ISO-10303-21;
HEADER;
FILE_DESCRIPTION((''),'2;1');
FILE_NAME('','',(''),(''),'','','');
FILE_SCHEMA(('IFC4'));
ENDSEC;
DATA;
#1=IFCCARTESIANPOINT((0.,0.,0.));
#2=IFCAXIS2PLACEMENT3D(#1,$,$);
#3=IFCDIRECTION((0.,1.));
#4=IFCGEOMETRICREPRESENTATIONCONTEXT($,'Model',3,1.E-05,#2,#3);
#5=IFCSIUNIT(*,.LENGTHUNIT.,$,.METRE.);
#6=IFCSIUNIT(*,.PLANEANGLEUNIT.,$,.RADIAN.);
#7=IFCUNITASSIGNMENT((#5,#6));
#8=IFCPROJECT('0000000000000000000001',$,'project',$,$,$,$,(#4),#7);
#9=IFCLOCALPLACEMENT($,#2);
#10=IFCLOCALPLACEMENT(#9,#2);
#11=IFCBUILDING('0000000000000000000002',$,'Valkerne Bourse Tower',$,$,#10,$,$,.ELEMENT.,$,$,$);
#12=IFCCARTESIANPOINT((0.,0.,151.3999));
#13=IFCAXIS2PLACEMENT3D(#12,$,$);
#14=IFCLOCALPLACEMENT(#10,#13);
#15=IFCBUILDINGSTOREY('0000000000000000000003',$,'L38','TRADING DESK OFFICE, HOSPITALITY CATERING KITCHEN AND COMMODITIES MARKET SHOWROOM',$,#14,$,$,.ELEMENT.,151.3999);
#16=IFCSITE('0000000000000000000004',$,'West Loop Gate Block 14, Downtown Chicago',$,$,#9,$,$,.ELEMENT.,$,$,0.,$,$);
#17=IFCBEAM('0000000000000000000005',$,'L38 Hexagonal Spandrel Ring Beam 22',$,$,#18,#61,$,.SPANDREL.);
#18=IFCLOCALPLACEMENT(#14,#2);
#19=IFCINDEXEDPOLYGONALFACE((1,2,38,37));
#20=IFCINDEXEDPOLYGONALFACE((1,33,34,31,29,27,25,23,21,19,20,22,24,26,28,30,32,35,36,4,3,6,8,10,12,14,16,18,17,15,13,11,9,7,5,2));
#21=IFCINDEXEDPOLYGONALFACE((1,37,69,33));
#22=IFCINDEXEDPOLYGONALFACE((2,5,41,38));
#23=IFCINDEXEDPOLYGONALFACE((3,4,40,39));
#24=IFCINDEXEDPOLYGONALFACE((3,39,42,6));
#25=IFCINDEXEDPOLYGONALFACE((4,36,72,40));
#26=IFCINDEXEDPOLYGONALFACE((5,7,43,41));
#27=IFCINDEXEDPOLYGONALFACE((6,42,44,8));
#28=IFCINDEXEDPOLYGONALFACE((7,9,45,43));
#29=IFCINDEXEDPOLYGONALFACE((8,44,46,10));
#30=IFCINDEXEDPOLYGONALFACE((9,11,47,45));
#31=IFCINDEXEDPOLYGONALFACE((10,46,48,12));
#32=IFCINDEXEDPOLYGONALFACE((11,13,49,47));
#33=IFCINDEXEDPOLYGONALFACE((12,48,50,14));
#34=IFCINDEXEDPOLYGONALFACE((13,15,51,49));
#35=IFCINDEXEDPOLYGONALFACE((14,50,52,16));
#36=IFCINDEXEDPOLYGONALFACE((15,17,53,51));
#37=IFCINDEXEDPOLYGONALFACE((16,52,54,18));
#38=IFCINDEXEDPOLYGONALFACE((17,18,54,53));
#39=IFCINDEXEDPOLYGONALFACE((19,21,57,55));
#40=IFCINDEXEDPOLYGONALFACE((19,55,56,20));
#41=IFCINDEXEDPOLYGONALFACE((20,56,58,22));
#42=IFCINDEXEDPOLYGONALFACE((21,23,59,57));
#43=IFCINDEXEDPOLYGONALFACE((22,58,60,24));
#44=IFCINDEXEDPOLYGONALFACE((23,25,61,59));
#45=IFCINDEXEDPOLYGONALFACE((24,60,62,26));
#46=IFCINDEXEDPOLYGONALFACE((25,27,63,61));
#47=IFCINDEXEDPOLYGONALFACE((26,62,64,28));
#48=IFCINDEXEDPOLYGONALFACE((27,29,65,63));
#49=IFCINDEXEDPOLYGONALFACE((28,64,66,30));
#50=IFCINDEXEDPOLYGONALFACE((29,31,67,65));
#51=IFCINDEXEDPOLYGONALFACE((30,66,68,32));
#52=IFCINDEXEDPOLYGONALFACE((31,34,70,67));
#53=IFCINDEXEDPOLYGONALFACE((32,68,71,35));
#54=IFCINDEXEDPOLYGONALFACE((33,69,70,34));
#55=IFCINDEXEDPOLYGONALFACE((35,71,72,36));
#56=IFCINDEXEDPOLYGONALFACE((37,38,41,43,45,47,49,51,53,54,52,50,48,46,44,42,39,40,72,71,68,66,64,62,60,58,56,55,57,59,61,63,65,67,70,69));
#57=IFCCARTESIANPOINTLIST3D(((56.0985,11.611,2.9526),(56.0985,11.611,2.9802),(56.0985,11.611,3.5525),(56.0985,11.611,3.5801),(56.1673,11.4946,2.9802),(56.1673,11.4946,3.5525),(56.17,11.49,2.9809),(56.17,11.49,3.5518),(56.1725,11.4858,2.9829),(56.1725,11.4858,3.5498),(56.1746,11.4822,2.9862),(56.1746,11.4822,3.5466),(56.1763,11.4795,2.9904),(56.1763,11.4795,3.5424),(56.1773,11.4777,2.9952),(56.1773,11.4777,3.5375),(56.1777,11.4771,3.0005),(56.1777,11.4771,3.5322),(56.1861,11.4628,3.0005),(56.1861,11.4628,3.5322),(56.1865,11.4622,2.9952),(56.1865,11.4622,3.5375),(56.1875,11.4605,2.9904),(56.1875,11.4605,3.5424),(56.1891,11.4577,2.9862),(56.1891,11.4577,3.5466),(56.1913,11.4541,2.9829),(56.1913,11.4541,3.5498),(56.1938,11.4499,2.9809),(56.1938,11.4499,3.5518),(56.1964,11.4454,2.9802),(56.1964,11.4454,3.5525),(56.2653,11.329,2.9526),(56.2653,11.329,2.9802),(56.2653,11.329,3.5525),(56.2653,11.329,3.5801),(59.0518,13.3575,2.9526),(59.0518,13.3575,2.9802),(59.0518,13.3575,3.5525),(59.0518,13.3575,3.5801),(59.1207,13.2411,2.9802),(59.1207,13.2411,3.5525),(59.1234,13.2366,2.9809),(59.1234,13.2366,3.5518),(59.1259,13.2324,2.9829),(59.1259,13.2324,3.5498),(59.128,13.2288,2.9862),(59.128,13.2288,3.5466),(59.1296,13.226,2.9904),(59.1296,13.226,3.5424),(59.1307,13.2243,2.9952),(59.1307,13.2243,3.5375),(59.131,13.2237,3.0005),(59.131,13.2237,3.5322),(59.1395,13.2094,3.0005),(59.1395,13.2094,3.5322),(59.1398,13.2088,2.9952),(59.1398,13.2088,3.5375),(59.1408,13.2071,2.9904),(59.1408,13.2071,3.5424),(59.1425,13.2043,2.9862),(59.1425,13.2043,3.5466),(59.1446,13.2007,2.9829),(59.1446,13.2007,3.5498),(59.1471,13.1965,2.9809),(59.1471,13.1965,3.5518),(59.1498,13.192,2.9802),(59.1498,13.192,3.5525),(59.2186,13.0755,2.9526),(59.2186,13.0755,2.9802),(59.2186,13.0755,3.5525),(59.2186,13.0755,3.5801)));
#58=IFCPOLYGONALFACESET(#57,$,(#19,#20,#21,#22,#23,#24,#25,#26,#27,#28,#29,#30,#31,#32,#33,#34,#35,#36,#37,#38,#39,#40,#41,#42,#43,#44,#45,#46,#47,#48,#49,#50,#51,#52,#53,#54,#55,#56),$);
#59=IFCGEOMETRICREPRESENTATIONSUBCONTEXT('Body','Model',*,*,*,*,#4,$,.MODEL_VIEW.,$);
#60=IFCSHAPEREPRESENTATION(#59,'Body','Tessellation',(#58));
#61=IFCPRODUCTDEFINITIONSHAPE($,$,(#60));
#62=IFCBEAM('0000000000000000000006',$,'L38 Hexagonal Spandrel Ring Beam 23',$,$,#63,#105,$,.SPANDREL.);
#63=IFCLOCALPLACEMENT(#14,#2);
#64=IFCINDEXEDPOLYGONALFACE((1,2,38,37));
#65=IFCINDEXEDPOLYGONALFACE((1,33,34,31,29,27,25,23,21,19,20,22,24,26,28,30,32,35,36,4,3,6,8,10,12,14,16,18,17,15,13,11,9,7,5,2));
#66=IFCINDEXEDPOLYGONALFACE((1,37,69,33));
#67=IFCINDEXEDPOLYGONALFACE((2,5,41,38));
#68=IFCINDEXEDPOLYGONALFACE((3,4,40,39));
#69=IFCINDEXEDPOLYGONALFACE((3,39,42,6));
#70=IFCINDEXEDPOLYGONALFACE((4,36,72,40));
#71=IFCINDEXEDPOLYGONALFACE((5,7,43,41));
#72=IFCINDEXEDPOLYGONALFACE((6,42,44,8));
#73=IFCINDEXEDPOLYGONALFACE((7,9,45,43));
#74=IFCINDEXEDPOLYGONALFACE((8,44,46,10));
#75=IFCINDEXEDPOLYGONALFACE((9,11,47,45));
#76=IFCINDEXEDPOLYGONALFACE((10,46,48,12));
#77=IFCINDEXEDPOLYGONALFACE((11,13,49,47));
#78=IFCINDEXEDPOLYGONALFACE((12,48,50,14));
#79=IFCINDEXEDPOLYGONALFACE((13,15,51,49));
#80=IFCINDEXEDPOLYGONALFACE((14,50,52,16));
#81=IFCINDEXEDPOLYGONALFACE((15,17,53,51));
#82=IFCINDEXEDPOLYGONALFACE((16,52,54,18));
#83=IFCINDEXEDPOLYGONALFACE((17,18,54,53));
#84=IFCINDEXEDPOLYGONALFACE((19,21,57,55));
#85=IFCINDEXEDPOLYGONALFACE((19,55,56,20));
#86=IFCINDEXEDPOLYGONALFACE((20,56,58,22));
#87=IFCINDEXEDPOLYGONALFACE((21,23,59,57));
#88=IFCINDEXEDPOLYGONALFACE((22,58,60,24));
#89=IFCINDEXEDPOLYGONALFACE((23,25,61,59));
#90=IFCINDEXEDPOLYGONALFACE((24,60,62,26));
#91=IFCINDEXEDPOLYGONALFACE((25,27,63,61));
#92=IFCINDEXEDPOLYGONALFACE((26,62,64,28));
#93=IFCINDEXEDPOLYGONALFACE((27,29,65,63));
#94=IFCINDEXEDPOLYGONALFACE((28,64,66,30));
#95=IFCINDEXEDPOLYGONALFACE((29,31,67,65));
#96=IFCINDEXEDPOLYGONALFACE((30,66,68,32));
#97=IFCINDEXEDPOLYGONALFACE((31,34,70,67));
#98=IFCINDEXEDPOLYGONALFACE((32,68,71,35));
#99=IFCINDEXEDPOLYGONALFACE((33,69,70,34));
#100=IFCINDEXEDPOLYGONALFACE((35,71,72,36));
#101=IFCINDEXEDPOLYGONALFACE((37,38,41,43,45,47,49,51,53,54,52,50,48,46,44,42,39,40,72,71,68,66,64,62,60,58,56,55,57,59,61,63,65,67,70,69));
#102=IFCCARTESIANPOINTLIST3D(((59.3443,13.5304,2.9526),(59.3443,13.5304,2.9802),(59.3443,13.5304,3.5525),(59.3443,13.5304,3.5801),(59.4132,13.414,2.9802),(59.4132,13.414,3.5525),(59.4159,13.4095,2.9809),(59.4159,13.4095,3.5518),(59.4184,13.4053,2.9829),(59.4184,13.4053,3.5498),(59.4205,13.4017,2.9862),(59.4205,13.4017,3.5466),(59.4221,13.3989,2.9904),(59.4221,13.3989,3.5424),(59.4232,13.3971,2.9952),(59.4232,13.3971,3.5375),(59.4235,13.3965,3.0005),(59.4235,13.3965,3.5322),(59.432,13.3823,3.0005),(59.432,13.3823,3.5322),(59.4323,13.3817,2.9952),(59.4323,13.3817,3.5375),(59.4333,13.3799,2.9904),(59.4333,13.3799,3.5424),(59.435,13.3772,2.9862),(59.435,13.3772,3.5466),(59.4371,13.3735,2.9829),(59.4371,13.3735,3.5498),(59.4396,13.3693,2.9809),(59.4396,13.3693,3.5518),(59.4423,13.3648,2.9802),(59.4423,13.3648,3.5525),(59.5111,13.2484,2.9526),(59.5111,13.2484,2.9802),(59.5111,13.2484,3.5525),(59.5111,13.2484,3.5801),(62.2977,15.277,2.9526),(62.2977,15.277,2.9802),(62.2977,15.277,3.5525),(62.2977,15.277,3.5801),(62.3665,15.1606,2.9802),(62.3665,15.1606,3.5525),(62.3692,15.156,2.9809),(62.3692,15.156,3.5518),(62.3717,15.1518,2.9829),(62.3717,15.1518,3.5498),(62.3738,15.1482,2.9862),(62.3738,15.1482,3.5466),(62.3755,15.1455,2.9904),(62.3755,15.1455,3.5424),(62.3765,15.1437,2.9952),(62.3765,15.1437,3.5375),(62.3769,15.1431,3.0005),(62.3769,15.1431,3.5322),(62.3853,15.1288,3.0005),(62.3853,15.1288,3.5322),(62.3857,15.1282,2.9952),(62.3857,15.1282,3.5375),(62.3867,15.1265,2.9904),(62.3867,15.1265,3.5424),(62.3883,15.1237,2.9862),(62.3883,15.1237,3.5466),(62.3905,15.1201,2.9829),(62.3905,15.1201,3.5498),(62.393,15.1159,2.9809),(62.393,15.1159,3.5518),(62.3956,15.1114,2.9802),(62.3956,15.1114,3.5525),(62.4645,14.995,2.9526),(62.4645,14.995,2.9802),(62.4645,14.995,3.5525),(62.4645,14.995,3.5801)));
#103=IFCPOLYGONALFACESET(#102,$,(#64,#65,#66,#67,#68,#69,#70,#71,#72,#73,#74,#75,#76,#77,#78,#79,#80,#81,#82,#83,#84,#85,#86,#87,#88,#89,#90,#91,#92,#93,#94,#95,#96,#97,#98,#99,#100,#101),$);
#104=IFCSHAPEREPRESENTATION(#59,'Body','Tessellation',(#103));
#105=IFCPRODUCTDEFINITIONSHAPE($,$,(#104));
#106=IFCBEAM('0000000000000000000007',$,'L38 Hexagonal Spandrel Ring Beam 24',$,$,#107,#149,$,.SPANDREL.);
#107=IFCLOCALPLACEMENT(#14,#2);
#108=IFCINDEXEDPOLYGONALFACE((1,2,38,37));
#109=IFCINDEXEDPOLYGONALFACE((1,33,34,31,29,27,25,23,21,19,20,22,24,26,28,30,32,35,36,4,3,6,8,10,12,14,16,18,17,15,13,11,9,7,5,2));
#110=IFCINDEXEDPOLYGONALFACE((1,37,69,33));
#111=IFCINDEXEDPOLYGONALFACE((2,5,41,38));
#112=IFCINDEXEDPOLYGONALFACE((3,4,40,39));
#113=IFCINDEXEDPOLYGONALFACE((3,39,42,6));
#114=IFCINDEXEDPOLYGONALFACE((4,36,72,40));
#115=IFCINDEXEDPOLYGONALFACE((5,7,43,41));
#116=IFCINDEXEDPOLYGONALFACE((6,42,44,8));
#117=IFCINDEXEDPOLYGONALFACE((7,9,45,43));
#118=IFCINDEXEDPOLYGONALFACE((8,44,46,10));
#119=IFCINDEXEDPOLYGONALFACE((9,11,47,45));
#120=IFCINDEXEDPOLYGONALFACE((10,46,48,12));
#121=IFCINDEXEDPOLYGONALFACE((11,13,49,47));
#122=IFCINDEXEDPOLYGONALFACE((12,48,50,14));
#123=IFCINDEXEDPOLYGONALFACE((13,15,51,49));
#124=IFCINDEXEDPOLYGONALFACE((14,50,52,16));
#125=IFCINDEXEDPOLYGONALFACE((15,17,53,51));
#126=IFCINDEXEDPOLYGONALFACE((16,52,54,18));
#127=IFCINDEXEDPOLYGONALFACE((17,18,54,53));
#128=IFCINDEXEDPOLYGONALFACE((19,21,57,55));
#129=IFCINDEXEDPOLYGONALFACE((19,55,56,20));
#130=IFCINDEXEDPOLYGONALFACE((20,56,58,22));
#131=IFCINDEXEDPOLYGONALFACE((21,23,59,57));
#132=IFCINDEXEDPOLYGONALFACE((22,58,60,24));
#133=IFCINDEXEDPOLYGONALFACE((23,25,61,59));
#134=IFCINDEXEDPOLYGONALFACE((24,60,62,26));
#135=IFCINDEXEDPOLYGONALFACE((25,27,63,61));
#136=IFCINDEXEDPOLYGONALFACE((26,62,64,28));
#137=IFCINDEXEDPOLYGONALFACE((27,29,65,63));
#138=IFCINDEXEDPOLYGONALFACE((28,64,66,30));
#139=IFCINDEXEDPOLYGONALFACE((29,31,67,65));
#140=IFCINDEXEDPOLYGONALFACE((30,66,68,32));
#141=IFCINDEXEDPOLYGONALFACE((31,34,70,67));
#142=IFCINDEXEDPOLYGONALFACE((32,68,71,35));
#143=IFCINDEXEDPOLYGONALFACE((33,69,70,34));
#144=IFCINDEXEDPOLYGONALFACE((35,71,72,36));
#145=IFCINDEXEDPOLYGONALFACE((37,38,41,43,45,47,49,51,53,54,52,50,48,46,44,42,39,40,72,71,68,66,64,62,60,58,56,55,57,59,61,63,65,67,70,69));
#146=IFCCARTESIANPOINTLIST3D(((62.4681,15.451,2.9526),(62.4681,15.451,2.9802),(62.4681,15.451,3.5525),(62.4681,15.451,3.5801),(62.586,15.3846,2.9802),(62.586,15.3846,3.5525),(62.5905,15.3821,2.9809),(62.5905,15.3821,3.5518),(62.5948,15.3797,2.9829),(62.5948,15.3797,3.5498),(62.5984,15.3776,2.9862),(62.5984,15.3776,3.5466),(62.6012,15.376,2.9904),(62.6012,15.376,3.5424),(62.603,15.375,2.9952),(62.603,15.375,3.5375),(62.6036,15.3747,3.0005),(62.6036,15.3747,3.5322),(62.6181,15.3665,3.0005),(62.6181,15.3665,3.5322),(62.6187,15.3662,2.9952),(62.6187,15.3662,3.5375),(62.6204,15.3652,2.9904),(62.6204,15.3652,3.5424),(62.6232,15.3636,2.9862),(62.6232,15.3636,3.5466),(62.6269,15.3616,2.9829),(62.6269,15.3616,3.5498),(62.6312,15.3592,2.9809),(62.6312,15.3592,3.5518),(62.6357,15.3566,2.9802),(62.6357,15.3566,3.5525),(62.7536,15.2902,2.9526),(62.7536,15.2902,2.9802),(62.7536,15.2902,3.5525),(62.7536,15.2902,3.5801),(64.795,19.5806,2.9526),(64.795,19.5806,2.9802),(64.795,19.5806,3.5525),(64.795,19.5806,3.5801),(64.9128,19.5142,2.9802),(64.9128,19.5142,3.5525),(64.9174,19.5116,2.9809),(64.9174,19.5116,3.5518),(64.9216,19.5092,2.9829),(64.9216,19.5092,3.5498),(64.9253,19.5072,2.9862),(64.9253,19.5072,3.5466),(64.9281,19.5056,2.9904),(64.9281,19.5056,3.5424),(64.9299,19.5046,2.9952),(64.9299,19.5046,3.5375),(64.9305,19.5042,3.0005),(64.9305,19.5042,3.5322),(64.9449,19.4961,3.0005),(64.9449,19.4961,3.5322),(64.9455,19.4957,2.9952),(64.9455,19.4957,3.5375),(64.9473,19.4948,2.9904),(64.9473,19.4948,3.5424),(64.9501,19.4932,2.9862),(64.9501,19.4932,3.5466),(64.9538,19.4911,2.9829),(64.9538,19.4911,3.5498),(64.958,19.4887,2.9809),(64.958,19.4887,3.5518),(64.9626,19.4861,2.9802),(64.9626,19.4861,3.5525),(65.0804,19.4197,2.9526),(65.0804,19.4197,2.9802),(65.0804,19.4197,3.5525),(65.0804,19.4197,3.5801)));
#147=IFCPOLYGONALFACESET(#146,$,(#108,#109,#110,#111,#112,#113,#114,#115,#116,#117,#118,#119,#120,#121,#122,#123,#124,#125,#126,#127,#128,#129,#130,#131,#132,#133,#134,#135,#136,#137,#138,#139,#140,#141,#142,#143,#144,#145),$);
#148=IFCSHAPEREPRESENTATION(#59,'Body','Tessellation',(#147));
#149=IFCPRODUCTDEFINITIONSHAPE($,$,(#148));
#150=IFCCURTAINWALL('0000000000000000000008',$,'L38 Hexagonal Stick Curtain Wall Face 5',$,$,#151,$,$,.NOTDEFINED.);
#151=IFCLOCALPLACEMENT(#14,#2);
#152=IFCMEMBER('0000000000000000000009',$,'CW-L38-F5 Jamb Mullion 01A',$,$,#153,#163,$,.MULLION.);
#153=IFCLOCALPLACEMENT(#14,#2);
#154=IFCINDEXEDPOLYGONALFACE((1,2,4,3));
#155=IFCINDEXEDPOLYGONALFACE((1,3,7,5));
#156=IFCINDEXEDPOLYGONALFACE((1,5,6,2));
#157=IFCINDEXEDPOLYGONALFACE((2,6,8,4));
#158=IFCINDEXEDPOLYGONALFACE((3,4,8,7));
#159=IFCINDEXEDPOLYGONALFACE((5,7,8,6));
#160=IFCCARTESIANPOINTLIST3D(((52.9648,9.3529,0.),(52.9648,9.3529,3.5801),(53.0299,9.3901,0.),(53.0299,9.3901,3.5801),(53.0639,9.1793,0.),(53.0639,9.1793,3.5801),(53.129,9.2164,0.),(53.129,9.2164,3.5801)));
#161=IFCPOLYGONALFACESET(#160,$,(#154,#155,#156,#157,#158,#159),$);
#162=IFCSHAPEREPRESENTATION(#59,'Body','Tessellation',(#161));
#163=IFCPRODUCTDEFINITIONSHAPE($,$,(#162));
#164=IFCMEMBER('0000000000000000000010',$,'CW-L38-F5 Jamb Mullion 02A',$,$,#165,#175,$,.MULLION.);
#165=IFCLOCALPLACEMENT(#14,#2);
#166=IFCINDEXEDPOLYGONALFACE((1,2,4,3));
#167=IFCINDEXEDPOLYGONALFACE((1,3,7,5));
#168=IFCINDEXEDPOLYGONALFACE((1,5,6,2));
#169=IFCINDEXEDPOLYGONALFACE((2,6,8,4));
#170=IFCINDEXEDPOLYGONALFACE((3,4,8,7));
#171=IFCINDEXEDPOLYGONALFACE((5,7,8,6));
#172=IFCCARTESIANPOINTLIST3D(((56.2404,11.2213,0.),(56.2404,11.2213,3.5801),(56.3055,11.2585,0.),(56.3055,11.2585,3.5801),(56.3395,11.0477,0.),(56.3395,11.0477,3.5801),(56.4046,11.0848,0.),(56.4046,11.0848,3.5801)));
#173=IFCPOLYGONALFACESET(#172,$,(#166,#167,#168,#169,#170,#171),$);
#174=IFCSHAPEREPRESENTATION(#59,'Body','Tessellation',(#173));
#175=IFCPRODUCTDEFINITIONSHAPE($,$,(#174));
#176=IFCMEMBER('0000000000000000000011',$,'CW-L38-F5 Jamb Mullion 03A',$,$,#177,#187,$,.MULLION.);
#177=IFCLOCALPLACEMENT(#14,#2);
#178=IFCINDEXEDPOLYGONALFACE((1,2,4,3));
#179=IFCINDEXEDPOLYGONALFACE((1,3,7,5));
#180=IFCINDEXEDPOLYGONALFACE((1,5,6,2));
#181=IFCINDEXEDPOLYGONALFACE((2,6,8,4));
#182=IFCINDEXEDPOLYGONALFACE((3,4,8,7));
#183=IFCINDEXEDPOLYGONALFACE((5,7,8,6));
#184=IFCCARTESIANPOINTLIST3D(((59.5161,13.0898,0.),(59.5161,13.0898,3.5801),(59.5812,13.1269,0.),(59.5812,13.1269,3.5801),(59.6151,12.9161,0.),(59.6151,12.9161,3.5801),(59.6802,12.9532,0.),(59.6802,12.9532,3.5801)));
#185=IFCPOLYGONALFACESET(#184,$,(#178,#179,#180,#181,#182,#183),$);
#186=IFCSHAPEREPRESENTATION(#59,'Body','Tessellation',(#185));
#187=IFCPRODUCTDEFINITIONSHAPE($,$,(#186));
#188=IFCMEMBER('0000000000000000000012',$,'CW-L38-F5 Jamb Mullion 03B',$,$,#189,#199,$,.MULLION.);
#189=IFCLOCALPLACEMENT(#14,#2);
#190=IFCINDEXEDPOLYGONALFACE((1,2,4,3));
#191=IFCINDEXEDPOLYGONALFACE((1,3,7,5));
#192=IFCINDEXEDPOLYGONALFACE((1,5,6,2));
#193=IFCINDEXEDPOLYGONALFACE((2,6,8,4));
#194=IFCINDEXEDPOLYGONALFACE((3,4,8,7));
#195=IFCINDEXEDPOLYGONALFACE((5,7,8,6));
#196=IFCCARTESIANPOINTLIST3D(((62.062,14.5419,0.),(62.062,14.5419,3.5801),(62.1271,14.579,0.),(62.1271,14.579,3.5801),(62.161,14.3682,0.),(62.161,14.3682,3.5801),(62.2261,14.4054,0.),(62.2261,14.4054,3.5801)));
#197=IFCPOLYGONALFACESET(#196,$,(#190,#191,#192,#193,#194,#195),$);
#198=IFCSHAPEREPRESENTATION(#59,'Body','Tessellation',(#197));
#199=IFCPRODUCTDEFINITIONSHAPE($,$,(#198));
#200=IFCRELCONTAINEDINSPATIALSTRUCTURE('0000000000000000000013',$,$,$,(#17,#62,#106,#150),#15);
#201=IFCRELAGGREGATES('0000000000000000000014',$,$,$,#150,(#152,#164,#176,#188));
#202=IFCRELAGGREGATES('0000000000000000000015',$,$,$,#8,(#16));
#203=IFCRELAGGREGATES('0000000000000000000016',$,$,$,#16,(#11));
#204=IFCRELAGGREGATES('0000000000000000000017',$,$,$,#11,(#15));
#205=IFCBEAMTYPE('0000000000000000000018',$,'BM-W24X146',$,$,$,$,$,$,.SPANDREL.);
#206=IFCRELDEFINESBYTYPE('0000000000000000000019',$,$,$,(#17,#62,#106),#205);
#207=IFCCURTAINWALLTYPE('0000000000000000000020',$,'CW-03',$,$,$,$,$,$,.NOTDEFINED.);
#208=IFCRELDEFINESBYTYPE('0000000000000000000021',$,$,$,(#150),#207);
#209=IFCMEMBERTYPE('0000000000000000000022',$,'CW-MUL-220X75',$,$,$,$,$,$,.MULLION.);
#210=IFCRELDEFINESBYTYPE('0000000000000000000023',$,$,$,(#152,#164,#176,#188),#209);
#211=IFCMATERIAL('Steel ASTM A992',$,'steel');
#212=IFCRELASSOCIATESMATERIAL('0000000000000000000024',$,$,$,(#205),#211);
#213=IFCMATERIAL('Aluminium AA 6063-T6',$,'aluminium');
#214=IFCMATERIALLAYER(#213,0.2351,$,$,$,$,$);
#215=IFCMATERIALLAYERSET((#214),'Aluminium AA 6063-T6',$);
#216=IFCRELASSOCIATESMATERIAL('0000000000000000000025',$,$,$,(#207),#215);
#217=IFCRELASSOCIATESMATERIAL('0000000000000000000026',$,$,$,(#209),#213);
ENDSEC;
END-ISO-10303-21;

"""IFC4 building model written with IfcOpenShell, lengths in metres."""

from ifc_helpers import new_model, si_unit, direction, frame, origin, origin_2d, place, context, subcontext, project, spatial, rectangle, i_section, extrude, material, layer, layer_set, material_profile, profile_set, type_object, element, aggregate, save


model = new_model("IFC4")

# Units and contexts
model_context = context("Model", 3, precision=1e-05, world=origin(), true_north=direction((0.0, 1.0)))
body_context = subcontext(model_context, "Body", "Model", "MODEL_VIEW")
ifc_project = project(units=[si_unit("LENGTHUNIT", "METRE"), si_unit("PLANEANGLEUNIT", "RADIAN")], contexts=[model_context])

# Site, building, storey
site_placement = place(None, origin())
site = spatial("IfcSite", under=ifc_project, at=site_placement, Name="West Loop Gate Block 14, Downtown Chicago", CompositionType="ELEMENT", RefElevation=0.0)
building_placement = place(site_placement, origin())
building = spatial("IfcBuilding", under=site, at=building_placement, Name="Valkerne Bourse Tower", CompositionType="ELEMENT")
storey_placement = place(building_placement, frame((0.0, 0.0, 151.3999)))
storey = spatial("IfcBuildingStorey", under=building, at=storey_placement, Name="L38", Description="TRADING DESK OFFICE, HOSPITALITY CATERING KITCHEN AND COMMODITIES MARKET SHOWROOM", CompositionType="ELEMENT", Elevation=151.3999)

# Beams
ifc_material_1 = material(Name="Steel ASTM A992", Category="steel")
ifc_material_profile_1 = material_profile(ifc_material_1, i_section(OverallWidth=0.3276, OverallDepth=0.6274, WebThickness=0.0166, FlangeThickness=0.0276, FilletRadius=0.0203, at=origin_2d()), Name="W24X146")
ifc_profile_set_1 = profile_set([ifc_material_profile_1], Name="Steel ASTM A992")
beam_type = type_object("IfcBeamType", Name="BM-W24X146", PredefinedType="SPANDREL", material=ifc_profile_set_1)
for number, where, z_axis, x_axis, name in (
    (1, (56.1819, 11.47, 3.2664), (0.860747, 0.509034, 0.0), (-0.509034, 0.860747, 0.0), "L38 Hexagonal Spandrel Ring Beam 22"),
    (2, (59.4277, 13.3894, 3.2664), (0.860747, 0.509034, 0.0), (-0.509034, 0.860747, 0.0), "L38 Hexagonal Spandrel Ring Beam 23"),
):
    element("IfcBeam", number, at=place(storey_placement, frame(where, z_axis=z_axis, x_axis=x_axis)), inside=storey, type_object=beam_type, Name=name, PredefinedType="SPANDREL", context=body_context, shape_type="SweptSolid", body=[
        extrude(i_section(OverallWidth=0.3276, OverallDepth=0.6274, WebThickness=0.0166, FlangeThickness=0.0276, FilletRadius=0.0203, at=origin_2d()), origin(), (0.0, 0.0, 1.0), 3.4312),
    ])
beam_placement = place(storey_placement, frame((62.6108, 15.3706, 3.2664), z_axis=(0.490899, 0.871216, 0.0), x_axis=(-0.871216, 0.490899, 0.0)))
element("IfcBeam", 3, at=beam_placement, inside=storey, type_object=beam_type, Name="L38 Hexagonal Spandrel Ring Beam 24", PredefinedType="SPANDREL", context=body_context, shape_type="SweptSolid", body=[
    extrude(i_section(OverallWidth=0.3276, OverallDepth=0.6274, WebThickness=0.0166, FlangeThickness=0.0276, FilletRadius=0.0203, at=origin_2d()), origin(), (0.0, 0.0, 1.0), 4.74),
])

# Curtain wall, members
ifc_material_2 = material(Name="Aluminium AA 6063-T6", Category="aluminium")
ifc_layer_1 = layer(ifc_material_2, 0.2351)
ifc_layer_set_1 = layer_set([ifc_layer_1], Name="Aluminium AA 6063-T6")
curtain_wall_type = type_object("IfcCurtainWallType", Name="CW-03", PredefinedType="NOTDEFINED", material=ifc_layer_set_1)
curtain_wall_1_placement = place(storey_placement, origin())
curtain_wall_1 = element("IfcCurtainWall", 4, at=curtain_wall_1_placement, inside=storey, type_object=curtain_wall_type, Name="L38 Hexagonal Stick Curtain Wall Face 5", PredefinedType="NOTDEFINED")
ifc_material_profile_2 = material_profile(ifc_material_2, rectangle(XDim=0.075, YDim=0.2, at=origin_2d()), Name="CWM-75X200")
ifc_profile_set_2 = profile_set([ifc_material_profile_2], Name="Aluminium AA 6063-T6")
member_type_1 = type_object("IfcMemberType", Name="CW-MUL-220X75", PredefinedType="MULLION", material=ifc_profile_set_2)
member_1_placement = place(storey_placement, frame((53.0469, 9.2847, 0.0), z_axis=(0.0, 0.0, 1.0), x_axis=(0.868628, 0.495465, 0.0)))
member_1 = element("IfcMember", 5, at=member_1_placement, type_object=member_type_1, Name="CW-L38-F5 Jamb Mullion 01A", PredefinedType="MULLION", context=body_context, shape_type="SweptSolid", body=[
    extrude(rectangle(XDim=0.075, YDim=0.2, at=origin_2d()), origin(), (0.0, 0.0, 1.0), 3.5801),
])
member_2_placement = place(storey_placement, frame((56.3225, 11.1531, 0.0), z_axis=(0.0, 0.0, 1.0), x_axis=(0.868628, 0.495465, 0.0)))
member_2 = element("IfcMember", 6, at=member_2_placement, type_object=member_type_1, Name="CW-L38-F5 Jamb Mullion 02A", PredefinedType="MULLION", context=body_context, shape_type="SweptSolid", body=[
    extrude(rectangle(XDim=0.075, YDim=0.2, at=origin_2d()), origin(), (0.0, 0.0, 1.0), 3.5801),
])
member_3_placement = place(storey_placement, frame((59.5981, 13.0215, 0.0), z_axis=(0.0, 0.0, 1.0), x_axis=(0.868628, 0.495465, 0.0)))
member_3 = element("IfcMember", 7, at=member_3_placement, type_object=member_type_1, Name="CW-L38-F5 Jamb Mullion 03A", PredefinedType="MULLION", context=body_context, shape_type="SweptSolid", body=[
    extrude(rectangle(XDim=0.075, YDim=0.2, at=origin_2d()), origin(), (0.0, 0.0, 1.0), 3.5801),
])
member_4_placement = place(storey_placement, frame((62.144, 14.4736, 0.0), z_axis=(0.0, 0.0, 1.0), x_axis=(0.868628, 0.495465, 0.0)))
member_4 = element("IfcMember", 8, at=member_4_placement, type_object=member_type_1, Name="CW-L38-F5 Jamb Mullion 03B", PredefinedType="MULLION", context=body_context, shape_type="SweptSolid", body=[
    extrude(rectangle(XDim=0.075, YDim=0.2, at=origin_2d()), origin(), (0.0, 0.0, 1.0), 3.5801),
])

aggregate(curtain_wall_1, [member_1, member_2, member_3, member_4])

save(model, "model.ifc")
